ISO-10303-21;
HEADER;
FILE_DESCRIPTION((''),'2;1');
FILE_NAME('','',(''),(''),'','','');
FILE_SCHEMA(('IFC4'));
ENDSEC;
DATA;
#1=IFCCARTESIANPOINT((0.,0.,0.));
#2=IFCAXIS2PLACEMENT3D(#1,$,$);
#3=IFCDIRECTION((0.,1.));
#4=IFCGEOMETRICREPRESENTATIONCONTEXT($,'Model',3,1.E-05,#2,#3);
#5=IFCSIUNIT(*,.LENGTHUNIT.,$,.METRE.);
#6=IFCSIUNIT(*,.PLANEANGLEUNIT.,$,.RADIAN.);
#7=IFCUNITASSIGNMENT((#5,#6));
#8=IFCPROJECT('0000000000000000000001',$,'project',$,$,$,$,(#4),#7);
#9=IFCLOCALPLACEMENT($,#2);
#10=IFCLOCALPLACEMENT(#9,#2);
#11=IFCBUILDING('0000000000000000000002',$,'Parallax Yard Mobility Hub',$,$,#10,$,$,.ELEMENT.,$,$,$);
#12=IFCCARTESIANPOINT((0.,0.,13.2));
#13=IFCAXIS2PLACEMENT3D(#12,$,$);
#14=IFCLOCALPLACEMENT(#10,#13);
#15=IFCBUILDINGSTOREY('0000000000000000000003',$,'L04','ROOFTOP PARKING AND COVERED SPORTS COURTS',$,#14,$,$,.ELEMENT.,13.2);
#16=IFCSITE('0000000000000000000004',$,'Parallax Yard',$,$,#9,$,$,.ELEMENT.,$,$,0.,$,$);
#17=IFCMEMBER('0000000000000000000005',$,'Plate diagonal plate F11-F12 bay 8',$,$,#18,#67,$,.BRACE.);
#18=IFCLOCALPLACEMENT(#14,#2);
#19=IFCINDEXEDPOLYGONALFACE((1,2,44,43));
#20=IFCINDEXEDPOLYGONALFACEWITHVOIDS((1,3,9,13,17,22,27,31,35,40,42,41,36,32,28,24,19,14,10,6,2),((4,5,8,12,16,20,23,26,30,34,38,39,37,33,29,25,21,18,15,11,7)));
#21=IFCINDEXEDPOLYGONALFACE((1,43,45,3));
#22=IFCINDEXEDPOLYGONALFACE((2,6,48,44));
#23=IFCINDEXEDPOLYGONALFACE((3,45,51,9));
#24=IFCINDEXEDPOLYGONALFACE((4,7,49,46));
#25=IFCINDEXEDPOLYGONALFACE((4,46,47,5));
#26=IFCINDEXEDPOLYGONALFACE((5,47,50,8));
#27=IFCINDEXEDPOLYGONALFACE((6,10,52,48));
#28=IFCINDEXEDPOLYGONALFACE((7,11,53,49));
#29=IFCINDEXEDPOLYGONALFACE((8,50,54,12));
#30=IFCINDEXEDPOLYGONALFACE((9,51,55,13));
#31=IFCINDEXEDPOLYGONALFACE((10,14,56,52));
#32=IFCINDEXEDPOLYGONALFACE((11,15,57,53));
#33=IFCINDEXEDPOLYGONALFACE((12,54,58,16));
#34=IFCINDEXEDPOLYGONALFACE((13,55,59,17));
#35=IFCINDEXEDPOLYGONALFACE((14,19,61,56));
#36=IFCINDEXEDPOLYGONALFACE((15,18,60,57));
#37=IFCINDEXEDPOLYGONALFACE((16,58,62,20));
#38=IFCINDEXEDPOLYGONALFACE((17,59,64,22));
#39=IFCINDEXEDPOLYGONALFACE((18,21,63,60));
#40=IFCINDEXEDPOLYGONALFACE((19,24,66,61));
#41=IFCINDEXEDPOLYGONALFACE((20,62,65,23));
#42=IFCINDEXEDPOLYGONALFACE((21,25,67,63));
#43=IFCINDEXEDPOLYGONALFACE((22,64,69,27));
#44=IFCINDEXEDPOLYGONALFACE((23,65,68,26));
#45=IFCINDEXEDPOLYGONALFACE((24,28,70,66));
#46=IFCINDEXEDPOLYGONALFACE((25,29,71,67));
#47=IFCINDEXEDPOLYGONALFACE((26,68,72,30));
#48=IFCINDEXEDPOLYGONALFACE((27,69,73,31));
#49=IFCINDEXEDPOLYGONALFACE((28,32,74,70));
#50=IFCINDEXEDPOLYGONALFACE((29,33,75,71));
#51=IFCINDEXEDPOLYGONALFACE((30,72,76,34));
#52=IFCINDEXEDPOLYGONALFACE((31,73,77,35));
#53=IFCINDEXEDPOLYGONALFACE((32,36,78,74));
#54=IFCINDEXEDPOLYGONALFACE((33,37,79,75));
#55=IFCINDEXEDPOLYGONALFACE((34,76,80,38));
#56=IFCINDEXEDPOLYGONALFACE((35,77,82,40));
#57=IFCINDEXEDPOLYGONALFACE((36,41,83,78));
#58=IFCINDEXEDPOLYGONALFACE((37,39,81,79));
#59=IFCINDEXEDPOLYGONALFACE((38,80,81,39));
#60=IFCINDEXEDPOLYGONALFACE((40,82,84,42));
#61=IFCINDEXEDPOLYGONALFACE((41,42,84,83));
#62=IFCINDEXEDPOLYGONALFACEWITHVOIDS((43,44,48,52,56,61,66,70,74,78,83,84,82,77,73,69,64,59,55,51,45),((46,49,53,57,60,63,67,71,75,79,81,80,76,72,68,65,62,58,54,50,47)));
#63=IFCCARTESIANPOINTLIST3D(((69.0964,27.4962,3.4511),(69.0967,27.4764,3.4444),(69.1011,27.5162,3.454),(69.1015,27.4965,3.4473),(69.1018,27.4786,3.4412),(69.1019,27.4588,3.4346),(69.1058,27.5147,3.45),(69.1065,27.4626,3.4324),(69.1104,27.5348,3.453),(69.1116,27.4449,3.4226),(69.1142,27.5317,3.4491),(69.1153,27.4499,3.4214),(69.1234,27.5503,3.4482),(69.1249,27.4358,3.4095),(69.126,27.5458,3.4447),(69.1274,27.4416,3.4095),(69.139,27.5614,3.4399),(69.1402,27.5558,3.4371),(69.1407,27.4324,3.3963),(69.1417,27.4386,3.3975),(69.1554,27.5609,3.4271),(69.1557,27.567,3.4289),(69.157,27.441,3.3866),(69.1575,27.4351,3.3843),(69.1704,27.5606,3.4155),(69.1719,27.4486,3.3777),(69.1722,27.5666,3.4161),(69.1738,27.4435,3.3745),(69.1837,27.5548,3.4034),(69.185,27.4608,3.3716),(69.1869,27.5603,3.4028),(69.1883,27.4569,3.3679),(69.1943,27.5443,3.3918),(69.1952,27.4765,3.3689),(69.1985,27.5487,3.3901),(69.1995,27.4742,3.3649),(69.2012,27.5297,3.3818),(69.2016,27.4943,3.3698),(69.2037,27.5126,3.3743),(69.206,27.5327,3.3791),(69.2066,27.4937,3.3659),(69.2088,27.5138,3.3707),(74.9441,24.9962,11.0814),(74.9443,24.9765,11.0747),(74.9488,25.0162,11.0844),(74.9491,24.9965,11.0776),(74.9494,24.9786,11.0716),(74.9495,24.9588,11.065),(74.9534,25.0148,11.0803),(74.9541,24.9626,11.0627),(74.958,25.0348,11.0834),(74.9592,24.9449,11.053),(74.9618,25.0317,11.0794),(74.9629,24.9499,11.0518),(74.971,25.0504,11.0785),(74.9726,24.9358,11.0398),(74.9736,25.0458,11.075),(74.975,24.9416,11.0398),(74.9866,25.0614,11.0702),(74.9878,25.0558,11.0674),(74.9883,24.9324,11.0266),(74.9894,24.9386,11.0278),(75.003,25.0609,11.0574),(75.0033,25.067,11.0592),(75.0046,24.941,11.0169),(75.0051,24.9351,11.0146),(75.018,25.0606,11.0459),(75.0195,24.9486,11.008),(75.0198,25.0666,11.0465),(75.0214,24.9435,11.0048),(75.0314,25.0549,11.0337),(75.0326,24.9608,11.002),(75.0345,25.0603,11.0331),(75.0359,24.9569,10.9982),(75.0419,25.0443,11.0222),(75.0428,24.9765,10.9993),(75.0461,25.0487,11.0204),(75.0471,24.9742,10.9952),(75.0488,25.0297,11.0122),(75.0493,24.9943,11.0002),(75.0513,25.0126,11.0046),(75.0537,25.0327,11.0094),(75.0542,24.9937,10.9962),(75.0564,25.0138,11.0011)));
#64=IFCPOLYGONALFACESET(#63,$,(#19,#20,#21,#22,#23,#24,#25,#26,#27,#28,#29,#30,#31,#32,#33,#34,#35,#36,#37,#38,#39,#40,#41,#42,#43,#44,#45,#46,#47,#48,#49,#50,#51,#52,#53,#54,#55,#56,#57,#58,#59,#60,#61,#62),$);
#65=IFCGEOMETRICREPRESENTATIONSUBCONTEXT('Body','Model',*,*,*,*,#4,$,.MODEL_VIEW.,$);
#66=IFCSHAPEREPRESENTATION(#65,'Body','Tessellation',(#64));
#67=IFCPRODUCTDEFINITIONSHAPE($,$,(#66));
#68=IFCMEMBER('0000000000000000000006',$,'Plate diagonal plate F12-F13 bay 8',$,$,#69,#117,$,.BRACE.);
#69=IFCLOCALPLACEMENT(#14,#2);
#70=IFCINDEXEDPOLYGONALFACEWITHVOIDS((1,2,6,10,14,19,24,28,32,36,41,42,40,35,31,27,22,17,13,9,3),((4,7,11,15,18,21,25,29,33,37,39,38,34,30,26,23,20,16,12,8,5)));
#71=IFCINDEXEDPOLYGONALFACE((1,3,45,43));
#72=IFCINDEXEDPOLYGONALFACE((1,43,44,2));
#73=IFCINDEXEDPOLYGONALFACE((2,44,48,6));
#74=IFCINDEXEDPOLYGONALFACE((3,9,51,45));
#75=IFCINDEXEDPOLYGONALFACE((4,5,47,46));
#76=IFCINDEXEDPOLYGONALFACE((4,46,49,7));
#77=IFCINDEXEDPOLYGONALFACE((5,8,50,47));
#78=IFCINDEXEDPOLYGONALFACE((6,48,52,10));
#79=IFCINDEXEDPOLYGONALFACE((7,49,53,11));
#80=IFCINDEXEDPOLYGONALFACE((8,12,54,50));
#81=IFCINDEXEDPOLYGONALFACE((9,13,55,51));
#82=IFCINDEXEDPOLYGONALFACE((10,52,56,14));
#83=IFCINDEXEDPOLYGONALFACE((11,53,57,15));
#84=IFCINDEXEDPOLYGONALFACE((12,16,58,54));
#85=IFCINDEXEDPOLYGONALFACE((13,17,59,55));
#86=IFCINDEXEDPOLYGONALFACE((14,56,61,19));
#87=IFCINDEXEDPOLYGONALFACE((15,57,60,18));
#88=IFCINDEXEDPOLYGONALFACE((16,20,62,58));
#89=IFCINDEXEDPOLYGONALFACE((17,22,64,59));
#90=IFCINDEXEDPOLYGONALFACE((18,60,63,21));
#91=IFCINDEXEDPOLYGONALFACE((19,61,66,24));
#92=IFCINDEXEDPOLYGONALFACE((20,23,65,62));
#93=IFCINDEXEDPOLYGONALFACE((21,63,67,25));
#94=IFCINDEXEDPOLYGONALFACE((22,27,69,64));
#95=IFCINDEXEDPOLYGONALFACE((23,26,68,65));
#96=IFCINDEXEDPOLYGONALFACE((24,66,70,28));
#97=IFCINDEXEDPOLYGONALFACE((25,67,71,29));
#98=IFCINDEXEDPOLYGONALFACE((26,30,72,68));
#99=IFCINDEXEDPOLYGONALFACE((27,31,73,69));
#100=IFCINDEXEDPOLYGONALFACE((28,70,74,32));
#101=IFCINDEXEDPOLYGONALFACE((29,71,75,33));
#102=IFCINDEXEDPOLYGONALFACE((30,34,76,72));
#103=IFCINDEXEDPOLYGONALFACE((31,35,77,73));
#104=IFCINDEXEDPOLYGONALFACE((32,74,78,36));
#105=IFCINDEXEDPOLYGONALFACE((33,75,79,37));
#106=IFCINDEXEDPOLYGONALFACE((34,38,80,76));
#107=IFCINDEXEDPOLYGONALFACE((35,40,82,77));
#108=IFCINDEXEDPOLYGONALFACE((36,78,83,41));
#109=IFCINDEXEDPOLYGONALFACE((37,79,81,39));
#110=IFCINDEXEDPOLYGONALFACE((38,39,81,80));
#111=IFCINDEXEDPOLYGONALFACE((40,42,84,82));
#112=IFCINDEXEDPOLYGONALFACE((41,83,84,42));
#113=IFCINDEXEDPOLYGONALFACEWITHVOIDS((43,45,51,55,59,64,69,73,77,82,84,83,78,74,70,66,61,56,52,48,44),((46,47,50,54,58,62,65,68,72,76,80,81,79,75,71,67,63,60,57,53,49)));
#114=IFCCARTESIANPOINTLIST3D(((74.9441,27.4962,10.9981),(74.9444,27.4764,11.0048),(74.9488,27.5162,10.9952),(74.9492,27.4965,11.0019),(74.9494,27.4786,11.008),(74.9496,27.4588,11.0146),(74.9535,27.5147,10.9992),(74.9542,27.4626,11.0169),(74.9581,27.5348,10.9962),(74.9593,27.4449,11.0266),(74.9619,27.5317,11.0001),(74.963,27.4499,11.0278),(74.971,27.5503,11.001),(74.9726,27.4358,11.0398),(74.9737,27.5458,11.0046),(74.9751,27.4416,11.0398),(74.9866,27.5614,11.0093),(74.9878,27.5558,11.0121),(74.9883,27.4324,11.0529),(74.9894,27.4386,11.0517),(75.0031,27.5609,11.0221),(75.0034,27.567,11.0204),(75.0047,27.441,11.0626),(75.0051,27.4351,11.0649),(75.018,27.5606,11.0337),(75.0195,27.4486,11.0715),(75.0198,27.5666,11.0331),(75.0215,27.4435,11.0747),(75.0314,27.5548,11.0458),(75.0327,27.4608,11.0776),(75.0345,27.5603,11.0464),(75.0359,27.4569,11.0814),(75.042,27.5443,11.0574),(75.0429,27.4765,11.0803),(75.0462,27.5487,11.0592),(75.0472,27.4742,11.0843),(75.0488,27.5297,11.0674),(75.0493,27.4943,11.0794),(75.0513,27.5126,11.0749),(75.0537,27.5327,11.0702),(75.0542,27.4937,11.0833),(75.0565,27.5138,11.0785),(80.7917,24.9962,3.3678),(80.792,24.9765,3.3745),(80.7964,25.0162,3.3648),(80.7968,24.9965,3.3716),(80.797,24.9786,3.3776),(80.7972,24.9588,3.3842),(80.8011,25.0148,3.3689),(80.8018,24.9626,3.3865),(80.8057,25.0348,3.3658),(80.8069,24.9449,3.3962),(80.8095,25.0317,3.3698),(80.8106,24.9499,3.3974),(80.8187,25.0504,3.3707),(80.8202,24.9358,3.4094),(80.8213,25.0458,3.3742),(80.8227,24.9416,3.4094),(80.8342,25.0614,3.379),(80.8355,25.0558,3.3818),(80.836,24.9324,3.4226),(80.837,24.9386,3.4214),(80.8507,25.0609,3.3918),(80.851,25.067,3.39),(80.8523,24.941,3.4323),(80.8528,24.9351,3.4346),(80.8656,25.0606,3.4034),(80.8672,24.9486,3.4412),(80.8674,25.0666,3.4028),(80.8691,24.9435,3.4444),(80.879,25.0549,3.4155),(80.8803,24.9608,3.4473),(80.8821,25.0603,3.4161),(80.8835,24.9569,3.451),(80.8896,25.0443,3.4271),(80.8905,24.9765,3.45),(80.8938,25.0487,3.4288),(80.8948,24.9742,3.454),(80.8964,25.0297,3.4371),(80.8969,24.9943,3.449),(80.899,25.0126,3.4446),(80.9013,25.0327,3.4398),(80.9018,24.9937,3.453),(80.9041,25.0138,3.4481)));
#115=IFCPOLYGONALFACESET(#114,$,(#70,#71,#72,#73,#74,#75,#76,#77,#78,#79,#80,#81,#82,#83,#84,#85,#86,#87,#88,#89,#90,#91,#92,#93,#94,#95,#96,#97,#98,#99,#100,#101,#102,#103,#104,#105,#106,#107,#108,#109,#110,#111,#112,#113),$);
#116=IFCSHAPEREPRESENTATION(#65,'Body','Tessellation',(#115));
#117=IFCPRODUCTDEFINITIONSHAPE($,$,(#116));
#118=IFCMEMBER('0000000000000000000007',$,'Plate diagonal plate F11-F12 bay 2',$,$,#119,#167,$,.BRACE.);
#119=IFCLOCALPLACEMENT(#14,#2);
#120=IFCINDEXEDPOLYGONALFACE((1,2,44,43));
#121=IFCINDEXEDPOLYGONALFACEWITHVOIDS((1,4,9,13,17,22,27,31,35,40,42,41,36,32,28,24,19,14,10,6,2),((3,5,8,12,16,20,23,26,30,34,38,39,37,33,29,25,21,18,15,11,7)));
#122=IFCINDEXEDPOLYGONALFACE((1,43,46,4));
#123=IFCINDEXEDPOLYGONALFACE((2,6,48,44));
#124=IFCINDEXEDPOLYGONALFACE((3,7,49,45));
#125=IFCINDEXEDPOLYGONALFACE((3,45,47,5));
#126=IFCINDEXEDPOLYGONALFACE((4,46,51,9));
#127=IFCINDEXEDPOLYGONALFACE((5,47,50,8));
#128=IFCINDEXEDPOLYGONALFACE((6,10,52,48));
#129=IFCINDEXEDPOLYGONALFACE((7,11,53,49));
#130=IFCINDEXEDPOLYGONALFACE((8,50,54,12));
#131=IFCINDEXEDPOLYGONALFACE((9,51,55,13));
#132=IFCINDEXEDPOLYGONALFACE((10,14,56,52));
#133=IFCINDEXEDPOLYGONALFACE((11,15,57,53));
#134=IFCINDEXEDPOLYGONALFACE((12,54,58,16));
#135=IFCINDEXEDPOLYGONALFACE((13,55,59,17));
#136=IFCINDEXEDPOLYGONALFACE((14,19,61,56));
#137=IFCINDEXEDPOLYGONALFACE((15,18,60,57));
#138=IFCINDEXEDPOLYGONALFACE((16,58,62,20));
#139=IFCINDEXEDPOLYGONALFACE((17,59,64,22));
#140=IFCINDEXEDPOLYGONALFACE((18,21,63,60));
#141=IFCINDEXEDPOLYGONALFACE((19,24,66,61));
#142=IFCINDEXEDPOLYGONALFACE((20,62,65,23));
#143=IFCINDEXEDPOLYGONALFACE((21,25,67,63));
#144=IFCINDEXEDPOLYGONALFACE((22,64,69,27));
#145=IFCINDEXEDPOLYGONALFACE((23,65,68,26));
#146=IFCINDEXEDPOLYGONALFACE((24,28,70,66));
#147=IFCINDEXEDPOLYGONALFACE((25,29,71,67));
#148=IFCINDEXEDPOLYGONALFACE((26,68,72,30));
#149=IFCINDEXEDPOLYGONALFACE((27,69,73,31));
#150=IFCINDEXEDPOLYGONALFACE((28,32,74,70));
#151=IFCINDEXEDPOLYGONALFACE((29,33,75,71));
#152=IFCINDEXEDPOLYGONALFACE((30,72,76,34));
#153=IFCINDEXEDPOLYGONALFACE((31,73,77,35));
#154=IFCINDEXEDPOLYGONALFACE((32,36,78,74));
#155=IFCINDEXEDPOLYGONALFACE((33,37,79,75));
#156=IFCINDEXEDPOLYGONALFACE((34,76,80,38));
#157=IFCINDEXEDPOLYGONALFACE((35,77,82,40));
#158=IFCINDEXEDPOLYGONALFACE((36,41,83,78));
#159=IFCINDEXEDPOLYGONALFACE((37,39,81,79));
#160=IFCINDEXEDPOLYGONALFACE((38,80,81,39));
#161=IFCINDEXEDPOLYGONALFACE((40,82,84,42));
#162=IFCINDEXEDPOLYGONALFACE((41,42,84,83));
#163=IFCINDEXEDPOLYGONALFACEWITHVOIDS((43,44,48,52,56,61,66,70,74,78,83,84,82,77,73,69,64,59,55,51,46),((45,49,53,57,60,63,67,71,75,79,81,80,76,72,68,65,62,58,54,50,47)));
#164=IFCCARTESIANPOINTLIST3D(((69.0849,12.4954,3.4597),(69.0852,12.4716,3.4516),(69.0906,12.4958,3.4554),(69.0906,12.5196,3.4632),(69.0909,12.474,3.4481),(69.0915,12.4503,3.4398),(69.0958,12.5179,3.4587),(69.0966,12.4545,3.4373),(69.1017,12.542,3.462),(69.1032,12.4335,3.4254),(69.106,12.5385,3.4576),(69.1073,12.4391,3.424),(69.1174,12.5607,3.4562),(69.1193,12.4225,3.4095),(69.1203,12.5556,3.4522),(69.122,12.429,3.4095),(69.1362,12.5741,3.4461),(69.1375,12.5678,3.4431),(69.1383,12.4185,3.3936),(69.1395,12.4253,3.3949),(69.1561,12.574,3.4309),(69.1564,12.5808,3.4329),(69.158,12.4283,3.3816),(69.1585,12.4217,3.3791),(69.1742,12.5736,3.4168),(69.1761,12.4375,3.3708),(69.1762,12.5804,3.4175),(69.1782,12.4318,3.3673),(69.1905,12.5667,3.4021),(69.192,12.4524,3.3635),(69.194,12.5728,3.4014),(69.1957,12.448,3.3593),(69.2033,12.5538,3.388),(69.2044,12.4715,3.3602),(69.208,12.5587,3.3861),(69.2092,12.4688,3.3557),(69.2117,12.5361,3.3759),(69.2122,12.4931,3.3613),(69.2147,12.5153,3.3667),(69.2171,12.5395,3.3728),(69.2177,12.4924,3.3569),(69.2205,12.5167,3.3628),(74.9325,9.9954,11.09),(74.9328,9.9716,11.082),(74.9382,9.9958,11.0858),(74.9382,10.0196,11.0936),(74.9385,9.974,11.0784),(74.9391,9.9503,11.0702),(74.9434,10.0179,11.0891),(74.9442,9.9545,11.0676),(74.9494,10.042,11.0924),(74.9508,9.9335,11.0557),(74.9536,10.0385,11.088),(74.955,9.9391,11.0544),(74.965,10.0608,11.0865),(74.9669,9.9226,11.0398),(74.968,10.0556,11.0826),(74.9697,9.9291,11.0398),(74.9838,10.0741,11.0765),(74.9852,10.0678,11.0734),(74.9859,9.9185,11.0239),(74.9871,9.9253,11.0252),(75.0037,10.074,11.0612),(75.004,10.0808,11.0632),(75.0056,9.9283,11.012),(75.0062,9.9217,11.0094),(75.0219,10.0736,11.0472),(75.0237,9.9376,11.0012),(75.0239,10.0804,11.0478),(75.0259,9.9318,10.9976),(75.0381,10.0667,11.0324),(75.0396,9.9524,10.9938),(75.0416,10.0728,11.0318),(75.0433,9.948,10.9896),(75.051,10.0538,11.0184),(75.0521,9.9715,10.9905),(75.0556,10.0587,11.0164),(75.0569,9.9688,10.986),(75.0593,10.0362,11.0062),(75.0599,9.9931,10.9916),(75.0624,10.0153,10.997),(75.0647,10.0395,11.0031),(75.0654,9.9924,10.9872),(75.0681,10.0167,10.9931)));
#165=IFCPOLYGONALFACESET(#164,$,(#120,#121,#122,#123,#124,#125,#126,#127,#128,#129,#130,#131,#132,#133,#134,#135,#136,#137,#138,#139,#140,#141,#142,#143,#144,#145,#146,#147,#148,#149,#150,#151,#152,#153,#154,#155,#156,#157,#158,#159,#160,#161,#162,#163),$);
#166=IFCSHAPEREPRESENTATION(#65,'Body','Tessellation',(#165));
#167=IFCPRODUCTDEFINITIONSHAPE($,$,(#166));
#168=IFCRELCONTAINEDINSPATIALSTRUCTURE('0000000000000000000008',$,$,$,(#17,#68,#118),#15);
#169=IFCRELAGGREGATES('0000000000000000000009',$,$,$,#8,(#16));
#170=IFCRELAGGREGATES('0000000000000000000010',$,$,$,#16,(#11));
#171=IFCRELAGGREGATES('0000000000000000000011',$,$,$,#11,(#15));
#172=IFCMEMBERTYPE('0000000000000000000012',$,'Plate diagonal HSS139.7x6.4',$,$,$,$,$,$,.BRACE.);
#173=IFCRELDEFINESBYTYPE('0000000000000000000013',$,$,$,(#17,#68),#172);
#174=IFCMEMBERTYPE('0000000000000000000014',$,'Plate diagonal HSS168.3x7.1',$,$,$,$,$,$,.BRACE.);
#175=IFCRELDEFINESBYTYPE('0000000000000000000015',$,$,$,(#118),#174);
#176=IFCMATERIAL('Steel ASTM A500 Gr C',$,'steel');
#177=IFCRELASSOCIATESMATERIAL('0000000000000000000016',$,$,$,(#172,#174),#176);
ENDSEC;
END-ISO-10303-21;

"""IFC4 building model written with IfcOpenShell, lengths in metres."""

from ifc_helpers import new_model, si_unit, direction, frame, origin, origin_2d, place, context, subcontext, project, spatial, hollow_circle, extrude, material, material_profile, profile_set, type_object, element, save


model = new_model("IFC4")

# Units and contexts
model_context = context("Model", 3, precision=1e-05, world=origin(), true_north=direction((0.0, 1.0)))
body_context = subcontext(model_context, "Body", "Model", "MODEL_VIEW")
ifc_project = project(units=[si_unit("LENGTHUNIT", "METRE"), si_unit("PLANEANGLEUNIT", "RADIAN")], contexts=[model_context])

# Site, building, storey
site_placement = place(None, origin())
site = spatial("IfcSite", under=ifc_project, at=site_placement, Name="Parallax Yard", CompositionType="ELEMENT", RefElevation=0.0)
building_placement = place(site_placement, origin())
building = spatial("IfcBuilding", under=site, at=building_placement, Name="Parallax Yard Mobility Hub", CompositionType="ELEMENT")
storey_placement = place(building_placement, frame((0.0, 0.0, 13.2)))
storey = spatial("IfcBuildingStorey", under=building, at=storey_placement, Name="L04", Description="ROOFTOP PARKING AND COVERED SPORTS COURTS", CompositionType="ELEMENT", Elevation=13.2)

# Members
ifc_material_1 = material(Name="Steel ASTM A500 Gr C", Category="steel")
ifc_material_profile_1 = material_profile(ifc_material_1, hollow_circle(Radius=0.0698, WallThickness=0.0063, at=origin_2d()), Name="HSS139.7x6.4")
ifc_profile_set_1 = profile_set([ifc_material_profile_1], Name="Steel ASTM A500 Gr C")
member_type_1 = type_object("IfcMemberType", Name="Plate diagonal HSS139.7x6.4", PredefinedType="BRACE", material=ifc_profile_set_1)
for number, where, z_axis, x_axis, name in (
    (1, (75.0, 25.0, 11.0398), (-0.588701, 0.251682, -0.768172), (-0.393104, -0.919494, 0.0), "Plate diagonal plate F11-F12 bay 8"),
    (2, (80.8477, 25.0, 3.4094), (-0.588701, 0.251682, 0.768172), (-0.393104, -0.919494, 0.0), "Plate diagonal plate F12-F13 bay 8"),
):
    element("IfcMember", number, at=place(storey_placement, frame(where, z_axis=z_axis, x_axis=x_axis)), inside=storey, type_object=member_type_1, Name=name, PredefinedType="BRACE", context=body_context, shape_type="SweptSolid", body=[
        extrude(hollow_circle(Radius=0.0698, WallThickness=0.0063, at=origin_2d()), origin(), (0.0, 0.0, 1.0), 9.9331),
    ])
ifc_material_profile_2 = material_profile(ifc_material_1, hollow_circle(Radius=0.0842, WallThickness=0.0071, at=origin_2d()), Name="HSS168.3x7.1")
ifc_profile_set_2 = profile_set([ifc_material_profile_2], Name="Steel ASTM A500 Gr C")
member_type_2 = type_object("IfcMemberType", Name="Plate diagonal HSS168.3x7.1", PredefinedType="BRACE", material=ifc_profile_set_2)
for number, where, z_axis, x_axis, name in (
    (3, (75.0, 10.0, 11.0398), (-0.588701, 0.251682, -0.768172), (-0.393104, -0.919494, 0.0), "Plate diagonal plate F11-F12 bay 2"),
):
    element("IfcMember", number, at=place(storey_placement, frame(where, z_axis=z_axis, x_axis=x_axis)), inside=storey, type_object=member_type_2, Name=name, PredefinedType="BRACE", context=body_context, shape_type="SweptSolid", body=[
        extrude(hollow_circle(Radius=0.0842, WallThickness=0.0071, at=origin_2d()), origin(), (0.0, 0.0, 1.0), 9.9331),
    ])

save(model, "model.ifc")
